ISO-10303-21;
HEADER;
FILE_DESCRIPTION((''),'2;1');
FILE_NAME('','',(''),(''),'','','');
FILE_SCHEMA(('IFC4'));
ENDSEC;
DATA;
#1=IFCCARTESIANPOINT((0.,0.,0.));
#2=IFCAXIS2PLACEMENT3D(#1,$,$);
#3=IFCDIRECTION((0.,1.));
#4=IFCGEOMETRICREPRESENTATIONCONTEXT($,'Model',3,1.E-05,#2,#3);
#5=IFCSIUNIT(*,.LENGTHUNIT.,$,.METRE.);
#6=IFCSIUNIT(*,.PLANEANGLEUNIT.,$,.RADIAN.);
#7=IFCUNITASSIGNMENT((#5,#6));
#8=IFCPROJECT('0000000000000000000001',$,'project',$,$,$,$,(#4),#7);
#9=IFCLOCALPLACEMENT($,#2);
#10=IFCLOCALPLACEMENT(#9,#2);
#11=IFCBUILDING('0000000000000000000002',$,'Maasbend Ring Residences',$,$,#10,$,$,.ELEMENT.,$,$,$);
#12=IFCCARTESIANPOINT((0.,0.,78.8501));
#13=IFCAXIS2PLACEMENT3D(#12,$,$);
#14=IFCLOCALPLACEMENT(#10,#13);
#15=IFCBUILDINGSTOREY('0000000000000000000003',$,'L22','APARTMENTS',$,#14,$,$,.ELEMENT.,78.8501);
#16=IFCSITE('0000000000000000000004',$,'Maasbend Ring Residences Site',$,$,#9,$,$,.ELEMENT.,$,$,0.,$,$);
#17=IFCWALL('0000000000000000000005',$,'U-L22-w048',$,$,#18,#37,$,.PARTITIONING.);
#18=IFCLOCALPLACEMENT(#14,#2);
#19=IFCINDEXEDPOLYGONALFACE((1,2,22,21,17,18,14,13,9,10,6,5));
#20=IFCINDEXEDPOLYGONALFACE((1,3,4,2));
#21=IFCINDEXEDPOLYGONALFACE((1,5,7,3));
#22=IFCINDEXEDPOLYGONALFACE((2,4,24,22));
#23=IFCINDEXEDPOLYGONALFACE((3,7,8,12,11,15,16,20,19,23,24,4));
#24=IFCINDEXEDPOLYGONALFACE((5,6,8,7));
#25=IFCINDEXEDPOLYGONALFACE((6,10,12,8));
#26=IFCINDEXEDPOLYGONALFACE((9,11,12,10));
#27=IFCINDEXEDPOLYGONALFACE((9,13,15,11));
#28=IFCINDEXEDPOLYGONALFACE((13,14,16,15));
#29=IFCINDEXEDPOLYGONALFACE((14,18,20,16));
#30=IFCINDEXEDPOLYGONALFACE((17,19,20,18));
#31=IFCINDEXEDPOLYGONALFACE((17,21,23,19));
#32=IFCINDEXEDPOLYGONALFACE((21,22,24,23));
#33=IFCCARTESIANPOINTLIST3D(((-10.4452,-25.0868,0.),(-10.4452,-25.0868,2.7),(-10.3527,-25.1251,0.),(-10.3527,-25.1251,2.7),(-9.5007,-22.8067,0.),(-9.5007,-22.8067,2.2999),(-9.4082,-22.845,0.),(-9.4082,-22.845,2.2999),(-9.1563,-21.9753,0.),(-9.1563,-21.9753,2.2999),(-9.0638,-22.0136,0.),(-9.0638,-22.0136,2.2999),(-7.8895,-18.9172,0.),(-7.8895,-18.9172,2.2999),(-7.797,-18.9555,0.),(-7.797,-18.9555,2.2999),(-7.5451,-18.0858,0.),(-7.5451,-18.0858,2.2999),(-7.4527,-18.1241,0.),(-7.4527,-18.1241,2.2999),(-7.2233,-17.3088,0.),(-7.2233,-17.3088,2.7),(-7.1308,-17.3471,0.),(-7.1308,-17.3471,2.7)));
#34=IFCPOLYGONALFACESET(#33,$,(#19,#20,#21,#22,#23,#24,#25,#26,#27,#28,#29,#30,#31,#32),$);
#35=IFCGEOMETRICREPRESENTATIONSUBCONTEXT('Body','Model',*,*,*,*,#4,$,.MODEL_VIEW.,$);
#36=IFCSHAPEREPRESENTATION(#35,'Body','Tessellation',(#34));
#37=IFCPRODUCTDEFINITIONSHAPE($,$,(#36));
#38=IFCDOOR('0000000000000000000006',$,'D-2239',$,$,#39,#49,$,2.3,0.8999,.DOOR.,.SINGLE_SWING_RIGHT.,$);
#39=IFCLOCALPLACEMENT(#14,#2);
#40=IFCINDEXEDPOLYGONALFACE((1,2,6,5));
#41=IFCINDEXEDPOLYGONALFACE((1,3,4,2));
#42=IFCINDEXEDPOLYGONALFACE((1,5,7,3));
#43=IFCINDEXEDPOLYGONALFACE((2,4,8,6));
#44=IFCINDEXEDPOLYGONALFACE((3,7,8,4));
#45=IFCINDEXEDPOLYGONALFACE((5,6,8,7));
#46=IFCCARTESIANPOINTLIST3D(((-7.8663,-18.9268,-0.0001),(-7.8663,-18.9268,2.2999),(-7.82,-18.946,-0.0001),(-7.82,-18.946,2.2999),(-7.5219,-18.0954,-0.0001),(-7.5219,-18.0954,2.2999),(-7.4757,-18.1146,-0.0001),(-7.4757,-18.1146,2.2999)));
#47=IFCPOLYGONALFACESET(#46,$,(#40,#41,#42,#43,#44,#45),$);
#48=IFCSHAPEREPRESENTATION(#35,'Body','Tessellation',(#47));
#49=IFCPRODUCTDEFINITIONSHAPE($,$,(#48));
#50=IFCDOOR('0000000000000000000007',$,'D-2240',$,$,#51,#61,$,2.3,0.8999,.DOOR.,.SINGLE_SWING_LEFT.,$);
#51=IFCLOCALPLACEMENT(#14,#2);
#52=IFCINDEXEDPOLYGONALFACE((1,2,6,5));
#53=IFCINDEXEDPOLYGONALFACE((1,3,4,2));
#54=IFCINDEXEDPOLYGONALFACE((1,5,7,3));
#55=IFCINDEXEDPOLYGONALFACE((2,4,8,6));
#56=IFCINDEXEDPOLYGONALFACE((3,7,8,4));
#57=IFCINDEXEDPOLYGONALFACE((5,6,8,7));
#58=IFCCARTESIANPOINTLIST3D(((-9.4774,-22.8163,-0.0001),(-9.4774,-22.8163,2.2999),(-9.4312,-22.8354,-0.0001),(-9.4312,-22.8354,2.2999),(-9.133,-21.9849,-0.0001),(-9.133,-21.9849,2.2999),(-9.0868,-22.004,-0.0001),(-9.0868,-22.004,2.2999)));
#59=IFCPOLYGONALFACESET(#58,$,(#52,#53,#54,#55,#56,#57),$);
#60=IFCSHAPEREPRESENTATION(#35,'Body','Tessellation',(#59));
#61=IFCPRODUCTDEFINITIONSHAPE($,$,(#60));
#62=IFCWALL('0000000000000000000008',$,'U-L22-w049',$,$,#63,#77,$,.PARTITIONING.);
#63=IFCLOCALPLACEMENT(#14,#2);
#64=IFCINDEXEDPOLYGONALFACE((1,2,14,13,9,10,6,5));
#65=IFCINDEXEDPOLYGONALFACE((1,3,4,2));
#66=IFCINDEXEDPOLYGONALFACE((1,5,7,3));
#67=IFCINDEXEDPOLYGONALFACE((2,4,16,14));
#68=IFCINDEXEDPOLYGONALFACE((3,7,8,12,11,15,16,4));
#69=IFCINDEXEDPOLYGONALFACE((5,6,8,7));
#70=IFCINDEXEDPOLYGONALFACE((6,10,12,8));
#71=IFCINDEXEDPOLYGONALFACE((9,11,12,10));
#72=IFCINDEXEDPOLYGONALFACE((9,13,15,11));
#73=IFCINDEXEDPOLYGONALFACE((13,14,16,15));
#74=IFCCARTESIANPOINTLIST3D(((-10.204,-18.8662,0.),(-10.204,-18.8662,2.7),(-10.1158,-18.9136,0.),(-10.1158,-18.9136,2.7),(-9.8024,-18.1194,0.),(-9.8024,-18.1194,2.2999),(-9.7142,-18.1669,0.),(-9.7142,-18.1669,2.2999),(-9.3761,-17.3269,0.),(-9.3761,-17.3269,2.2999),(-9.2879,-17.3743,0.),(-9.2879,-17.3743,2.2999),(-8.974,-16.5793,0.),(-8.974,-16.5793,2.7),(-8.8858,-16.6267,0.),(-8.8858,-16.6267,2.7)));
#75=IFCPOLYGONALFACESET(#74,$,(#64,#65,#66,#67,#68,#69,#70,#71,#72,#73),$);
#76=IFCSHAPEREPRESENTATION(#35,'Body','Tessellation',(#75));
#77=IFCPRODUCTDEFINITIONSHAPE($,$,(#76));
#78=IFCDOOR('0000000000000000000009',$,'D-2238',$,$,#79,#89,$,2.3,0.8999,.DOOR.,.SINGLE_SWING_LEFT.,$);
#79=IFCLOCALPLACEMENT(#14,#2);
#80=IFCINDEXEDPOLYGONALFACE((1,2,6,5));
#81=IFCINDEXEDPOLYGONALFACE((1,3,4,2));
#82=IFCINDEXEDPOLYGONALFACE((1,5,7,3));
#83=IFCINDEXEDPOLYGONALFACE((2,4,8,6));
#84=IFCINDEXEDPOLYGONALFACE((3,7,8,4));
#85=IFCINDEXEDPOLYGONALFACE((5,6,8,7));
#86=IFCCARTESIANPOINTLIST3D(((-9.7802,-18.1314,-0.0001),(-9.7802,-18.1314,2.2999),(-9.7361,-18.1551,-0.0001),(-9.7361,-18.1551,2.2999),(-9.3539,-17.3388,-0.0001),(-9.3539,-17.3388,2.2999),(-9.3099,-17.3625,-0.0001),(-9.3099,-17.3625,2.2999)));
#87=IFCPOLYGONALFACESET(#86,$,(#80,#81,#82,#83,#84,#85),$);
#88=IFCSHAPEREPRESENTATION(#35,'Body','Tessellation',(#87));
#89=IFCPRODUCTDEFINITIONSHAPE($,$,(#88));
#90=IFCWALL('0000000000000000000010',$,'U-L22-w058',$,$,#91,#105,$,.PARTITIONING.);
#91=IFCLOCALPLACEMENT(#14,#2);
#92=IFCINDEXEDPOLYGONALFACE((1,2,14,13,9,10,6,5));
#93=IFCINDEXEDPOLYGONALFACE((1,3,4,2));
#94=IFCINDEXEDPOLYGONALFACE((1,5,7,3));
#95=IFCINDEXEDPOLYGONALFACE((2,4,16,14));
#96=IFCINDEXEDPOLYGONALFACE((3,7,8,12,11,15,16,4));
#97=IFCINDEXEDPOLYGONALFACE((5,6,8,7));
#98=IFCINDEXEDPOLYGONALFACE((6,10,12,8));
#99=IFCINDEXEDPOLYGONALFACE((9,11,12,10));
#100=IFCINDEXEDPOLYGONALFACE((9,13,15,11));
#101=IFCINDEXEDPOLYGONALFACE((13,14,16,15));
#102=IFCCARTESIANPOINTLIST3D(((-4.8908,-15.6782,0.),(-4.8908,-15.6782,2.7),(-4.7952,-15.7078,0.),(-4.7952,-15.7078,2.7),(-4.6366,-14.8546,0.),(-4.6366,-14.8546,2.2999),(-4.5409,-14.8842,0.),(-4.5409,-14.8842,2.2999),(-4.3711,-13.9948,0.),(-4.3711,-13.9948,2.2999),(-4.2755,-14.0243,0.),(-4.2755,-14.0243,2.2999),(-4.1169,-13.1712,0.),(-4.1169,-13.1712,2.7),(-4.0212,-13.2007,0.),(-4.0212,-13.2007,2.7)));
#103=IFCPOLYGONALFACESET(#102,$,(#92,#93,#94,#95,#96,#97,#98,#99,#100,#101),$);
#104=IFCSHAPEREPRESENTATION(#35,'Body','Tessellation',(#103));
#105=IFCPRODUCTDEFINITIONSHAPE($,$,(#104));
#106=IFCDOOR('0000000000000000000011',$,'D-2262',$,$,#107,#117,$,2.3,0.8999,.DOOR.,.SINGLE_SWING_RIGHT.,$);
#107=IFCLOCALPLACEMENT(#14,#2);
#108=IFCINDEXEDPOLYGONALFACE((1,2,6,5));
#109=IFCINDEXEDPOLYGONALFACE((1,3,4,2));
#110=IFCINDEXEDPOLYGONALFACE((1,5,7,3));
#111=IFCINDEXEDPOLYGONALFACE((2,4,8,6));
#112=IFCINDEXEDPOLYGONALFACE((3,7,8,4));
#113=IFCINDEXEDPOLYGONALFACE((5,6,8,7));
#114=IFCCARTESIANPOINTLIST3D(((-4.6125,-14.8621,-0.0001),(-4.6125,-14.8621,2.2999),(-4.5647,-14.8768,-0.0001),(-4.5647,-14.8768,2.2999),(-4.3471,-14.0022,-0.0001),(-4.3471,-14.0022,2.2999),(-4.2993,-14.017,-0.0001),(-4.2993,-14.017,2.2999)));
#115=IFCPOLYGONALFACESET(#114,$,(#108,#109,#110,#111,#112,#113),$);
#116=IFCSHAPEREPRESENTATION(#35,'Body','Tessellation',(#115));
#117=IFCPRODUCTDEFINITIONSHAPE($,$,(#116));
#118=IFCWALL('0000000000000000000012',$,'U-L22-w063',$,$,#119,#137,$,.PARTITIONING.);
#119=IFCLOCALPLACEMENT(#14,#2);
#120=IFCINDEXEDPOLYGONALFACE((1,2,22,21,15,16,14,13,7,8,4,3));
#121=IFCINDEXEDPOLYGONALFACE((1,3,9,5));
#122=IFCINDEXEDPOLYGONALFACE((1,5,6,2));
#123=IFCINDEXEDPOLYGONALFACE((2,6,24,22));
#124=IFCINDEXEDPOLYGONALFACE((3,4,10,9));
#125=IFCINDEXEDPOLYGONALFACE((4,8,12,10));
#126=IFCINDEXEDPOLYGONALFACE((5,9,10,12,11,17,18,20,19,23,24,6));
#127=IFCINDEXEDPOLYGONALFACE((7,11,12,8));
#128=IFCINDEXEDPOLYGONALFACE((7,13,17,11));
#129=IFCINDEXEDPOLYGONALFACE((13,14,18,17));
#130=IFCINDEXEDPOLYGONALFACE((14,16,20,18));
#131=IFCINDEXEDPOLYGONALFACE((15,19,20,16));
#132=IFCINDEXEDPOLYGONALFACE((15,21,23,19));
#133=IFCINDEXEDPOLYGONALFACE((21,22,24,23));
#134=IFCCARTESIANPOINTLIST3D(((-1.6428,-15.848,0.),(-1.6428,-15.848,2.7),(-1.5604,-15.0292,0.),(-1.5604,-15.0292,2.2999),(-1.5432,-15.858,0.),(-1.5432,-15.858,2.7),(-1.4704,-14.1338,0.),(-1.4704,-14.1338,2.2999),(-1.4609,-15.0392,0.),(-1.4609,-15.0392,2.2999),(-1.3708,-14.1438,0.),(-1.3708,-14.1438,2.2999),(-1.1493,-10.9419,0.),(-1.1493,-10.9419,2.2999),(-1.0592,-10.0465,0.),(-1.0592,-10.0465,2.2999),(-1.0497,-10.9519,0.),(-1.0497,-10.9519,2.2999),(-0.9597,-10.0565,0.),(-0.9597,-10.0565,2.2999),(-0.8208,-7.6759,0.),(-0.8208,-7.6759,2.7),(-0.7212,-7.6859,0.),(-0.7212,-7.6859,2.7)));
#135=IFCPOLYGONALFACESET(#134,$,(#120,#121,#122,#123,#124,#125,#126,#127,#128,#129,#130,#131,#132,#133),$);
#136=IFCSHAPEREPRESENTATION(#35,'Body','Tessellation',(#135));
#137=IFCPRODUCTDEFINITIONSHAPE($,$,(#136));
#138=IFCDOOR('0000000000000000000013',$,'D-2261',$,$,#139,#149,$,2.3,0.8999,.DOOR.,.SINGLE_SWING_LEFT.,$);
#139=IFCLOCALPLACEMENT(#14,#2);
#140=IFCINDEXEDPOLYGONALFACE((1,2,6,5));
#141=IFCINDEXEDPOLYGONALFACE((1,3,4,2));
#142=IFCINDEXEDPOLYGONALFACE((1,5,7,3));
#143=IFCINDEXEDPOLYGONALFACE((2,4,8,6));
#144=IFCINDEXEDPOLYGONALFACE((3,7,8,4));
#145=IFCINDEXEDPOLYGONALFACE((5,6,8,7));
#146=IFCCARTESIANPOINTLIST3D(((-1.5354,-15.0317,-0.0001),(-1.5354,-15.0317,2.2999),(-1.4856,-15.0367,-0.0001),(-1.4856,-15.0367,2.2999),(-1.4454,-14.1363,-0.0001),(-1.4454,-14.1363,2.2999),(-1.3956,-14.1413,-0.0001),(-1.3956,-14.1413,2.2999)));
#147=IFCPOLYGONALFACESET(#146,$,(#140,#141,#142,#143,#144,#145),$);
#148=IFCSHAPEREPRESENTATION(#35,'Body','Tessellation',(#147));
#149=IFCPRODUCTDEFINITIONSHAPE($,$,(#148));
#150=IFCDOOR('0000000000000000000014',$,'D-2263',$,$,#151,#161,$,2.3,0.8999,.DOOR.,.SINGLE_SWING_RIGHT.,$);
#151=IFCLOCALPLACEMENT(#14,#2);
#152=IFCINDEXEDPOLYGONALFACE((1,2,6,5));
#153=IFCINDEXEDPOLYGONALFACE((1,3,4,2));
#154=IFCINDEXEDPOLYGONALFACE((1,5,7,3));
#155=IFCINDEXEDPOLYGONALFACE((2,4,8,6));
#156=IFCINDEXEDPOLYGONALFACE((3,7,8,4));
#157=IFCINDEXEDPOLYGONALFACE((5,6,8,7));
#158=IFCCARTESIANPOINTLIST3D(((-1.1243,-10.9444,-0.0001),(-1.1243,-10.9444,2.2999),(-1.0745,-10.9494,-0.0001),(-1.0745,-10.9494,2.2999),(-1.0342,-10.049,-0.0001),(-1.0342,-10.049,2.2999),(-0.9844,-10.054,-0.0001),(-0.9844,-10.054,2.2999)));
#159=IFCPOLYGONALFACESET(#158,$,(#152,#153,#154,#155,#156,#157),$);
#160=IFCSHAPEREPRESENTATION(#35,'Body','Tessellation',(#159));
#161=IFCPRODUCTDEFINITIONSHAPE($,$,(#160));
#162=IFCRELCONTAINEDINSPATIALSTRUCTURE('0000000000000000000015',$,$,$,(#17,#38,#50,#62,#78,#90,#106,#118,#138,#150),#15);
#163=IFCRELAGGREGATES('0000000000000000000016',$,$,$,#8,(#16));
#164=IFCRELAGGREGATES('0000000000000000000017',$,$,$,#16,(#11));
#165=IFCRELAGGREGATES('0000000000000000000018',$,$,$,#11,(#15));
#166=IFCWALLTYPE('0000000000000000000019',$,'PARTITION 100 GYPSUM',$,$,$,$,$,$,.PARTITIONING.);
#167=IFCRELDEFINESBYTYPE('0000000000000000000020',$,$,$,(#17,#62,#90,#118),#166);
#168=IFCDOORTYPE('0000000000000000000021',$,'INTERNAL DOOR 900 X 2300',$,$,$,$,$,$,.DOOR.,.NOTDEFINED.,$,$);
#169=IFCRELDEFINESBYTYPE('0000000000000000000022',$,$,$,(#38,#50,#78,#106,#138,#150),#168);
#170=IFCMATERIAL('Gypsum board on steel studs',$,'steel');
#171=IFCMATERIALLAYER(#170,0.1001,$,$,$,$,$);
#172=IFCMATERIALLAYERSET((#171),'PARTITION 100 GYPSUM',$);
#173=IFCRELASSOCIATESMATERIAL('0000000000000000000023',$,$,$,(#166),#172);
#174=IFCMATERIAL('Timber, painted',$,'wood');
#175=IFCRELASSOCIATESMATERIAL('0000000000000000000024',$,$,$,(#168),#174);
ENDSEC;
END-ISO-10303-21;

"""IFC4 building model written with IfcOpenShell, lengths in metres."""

from ifc_helpers import new_model, si_unit, direction, frame, frame_2d, origin, place, context, subcontext, project, spatial, rectangle, extrude, material, layer, layer_set, type_object, element, fill, save


model = new_model("IFC4")

# Units and contexts
model_context = context("Model", 3, precision=1e-05, world=origin(), true_north=direction((0.0, 1.0)))
body_context = subcontext(model_context, "Body", "Model", "MODEL_VIEW")
ifc_project = project(units=[si_unit("LENGTHUNIT", "METRE"), si_unit("PLANEANGLEUNIT", "RADIAN")], contexts=[model_context])

# Site, building, storey
site_placement = place(None, origin())
site = spatial("IfcSite", under=ifc_project, at=site_placement, Name="Maasbend Ring Residences Site", CompositionType="ELEMENT", RefElevation=0.0)
building_placement = place(site_placement, origin())
building = spatial("IfcBuilding", under=site, at=building_placement, Name="Maasbend Ring Residences", CompositionType="ELEMENT")
storey_placement = place(building_placement, frame((0.0, 0.0, 78.8501)))
storey = spatial("IfcBuildingStorey", under=building, at=storey_placement, Name="L22", Description="APARTMENTS", CompositionType="ELEMENT", Elevation=78.8501)

# Shared definitions
ifc_material_1 = material(Name="Gypsum board on steel studs", Category="steel")
ifc_layer_1 = layer(ifc_material_1, 0.1001)
ifc_layer_set_1 = layer_set([ifc_layer_1], Name="PARTITION 100 GYPSUM")
wall_type_1 = type_object("IfcWallType", Name="PARTITION 100 GYPSUM", PredefinedType="PARTITIONING", material=ifc_layer_set_1)

# Wall, openings, doors
wall_1_placement = place(storey_placement, frame((-10.3989, -25.106, 0.0), z_axis=(0.0, 0.0, 1.0), x_axis=(0.382698, 0.923874, 0.0)))
wall_1 = element("IfcWall", 1, at=wall_1_placement, inside=storey, type_object=wall_type_1, Name="U-L22-w048", PredefinedType="PARTITIONING", context=body_context, shape_type="SweptSolid", body=[
    extrude(rectangle(XDim=8.4189, YDim=0.1001, at=frame_2d((4.2095, 0.0))), origin(), (0.0, 0.0, 1.0), 2.7),
])
opening_1_placement = place(wall_1_placement, frame((6.678, 0.0, 0.0)))
opening_1 = element("IfcOpeningElement", 2, at=opening_1_placement, cuts=wall_1, PredefinedType="OPENING", context=body_context, shape_type="SweptSolid", body=[
    extrude(rectangle(XDim=0.8999, YDim=2.3, at=frame_2d((0.45, 1.1499))), frame((0.0, 0.0601, 0.0), z_axis=(0.0, -1.0, 0.0), x_axis=(1.0, 0.0, 0.0)), (0.0, 0.0, 1.0), 0.1201),
])
opening_2_placement = place(wall_1_placement, frame((2.468, 0.0, 0.0)))
opening_2 = element("IfcOpeningElement", 3, at=opening_2_placement, cuts=wall_1, PredefinedType="OPENING", context=body_context, shape_type="SweptSolid", body=[
    extrude(rectangle(XDim=0.8999, YDim=2.3, at=frame_2d((0.45, 1.1499))), frame((0.0, 0.0601, 0.0), z_axis=(0.0, -1.0, 0.0), x_axis=(1.0, 0.0, 0.0)), (0.0, 0.0, 1.0), 0.1201),
])
ifc_material_2 = material(Name="Timber, painted", Category="wood")
door_type_1 = type_object("IfcDoorType", Name="INTERNAL DOOR 900 X 2300", OperationType="NOTDEFINED", PredefinedType="DOOR", material=ifc_material_2)
door_1_placement = place(opening_1_placement, origin())
door_1 = element("IfcDoor", 4, at=door_1_placement, inside=storey, type_object=door_type_1, Name="D-2239", OperationType="SINGLE_SWING_RIGHT", OverallHeight=2.3, OverallWidth=0.8999, PredefinedType="DOOR", context=body_context, shape_type="SweptSolid", body=[
    extrude(rectangle(XDim=0.8999, YDim=2.3, at=frame_2d((0.45, 1.1499))), frame((0.0, 0.0249, 0.0), z_axis=(0.0, -1.0, 0.0), x_axis=(1.0, 0.0, 0.0)), (0.0, 0.0, 1.0), 0.05),
])
fill(opening_1, door_1)
door_2_placement = place(opening_2_placement, origin())
door_2 = element("IfcDoor", 5, at=door_2_placement, inside=storey, type_object=door_type_1, Name="D-2240", OperationType="SINGLE_SWING_LEFT", OverallHeight=2.3, OverallWidth=0.8999, PredefinedType="DOOR", context=body_context, shape_type="SweptSolid", body=[
    extrude(rectangle(XDim=0.8999, YDim=2.3, at=frame_2d((0.45, 1.1499))), frame((0.0, 0.0249, 0.0), z_axis=(0.0, -1.0, 0.0), x_axis=(1.0, 0.0, 0.0)), (0.0, 0.0, 1.0), 0.05),
])
fill(opening_2, door_2)

# Walls, openings, doors
wall_2_placement = place(storey_placement, frame((-10.1599, -18.8899, 0.0), z_axis=(0.0, 0.0, 1.0), x_axis=(0.473679, 0.880697, 0.0)))
wall_2 = element("IfcWall", 6, at=wall_2_placement, inside=storey, type_object=wall_type_1, Name="U-L22-w049", PredefinedType="PARTITIONING", context=body_context, shape_type="SweptSolid", body=[
    extrude(rectangle(XDim=2.5967, YDim=0.1001, at=frame_2d((1.2983, 0.0))), origin(), (0.0, 0.0, 1.0), 2.7),
])
opening_3_placement = place(wall_2_placement, frame((0.8479, 0.0, 0.0)))
opening_3 = element("IfcOpeningElement", 7, at=opening_3_placement, cuts=wall_2, PredefinedType="OPENING", context=body_context, shape_type="SweptSolid", body=[
    extrude(rectangle(XDim=0.8999, YDim=2.3, at=frame_2d((0.45, 1.1499))), frame((0.0, 0.0601, 0.0), z_axis=(0.0, -1.0, 0.0), x_axis=(1.0, 0.0, 0.0)), (0.0, 0.0, 1.0), 0.1201),
])
door_3_placement = place(opening_3_placement, origin())
door_3 = element("IfcDoor", 8, at=door_3_placement, inside=storey, type_object=door_type_1, Name="D-2238", OperationType="SINGLE_SWING_LEFT", OverallHeight=2.3, OverallWidth=0.8999, PredefinedType="DOOR", context=body_context, shape_type="SweptSolid", body=[
    extrude(rectangle(XDim=0.8999, YDim=2.3, at=frame_2d((0.45, 1.1499))), frame((0.0, 0.0249, 0.0), z_axis=(0.0, -1.0, 0.0), x_axis=(1.0, 0.0, 0.0)), (0.0, 0.0, 1.0), 0.05),
])
fill(opening_3, door_3)
wall_3_placement = place(storey_placement, frame((-4.843, -15.6931, 0.0), z_axis=(0.0, 0.0, 1.0), x_axis=(0.294962, 0.955509, 0.0)))
wall_3 = element("IfcWall", 9, at=wall_3_placement, inside=storey, type_object=wall_type_1, Name="U-L22-w058", PredefinedType="PARTITIONING", context=body_context, shape_type="SweptSolid", body=[
    extrude(rectangle(XDim=2.6238, YDim=0.1001, at=frame_2d((1.312, 0.0))), origin(), (0.0, 0.0, 1.0), 2.7),
])
opening_4_placement = place(wall_3_placement, frame((0.8621, 0.0, 0.0)))
opening_4 = element("IfcOpeningElement", 10, at=opening_4_placement, cuts=wall_3, PredefinedType="OPENING", context=body_context, shape_type="SweptSolid", body=[
    extrude(rectangle(XDim=0.8999, YDim=2.3, at=frame_2d((0.45, 1.1499))), frame((0.0, 0.0601, 0.0), z_axis=(0.0, -1.0, 0.0), x_axis=(1.0, 0.0, 0.0)), (0.0, 0.0, 1.0), 0.1201),
])
door_4_placement = place(opening_4_placement, origin())
door_4 = element("IfcDoor", 11, at=door_4_placement, inside=storey, type_object=door_type_1, Name="D-2262", OperationType="SINGLE_SWING_RIGHT", OverallHeight=2.3, OverallWidth=0.8999, PredefinedType="DOOR", context=body_context, shape_type="SweptSolid", body=[
    extrude(rectangle(XDim=0.8999, YDim=2.3, at=frame_2d((0.45, 1.1499))), frame((0.0, 0.0249, 0.0), z_axis=(0.0, -1.0, 0.0), x_axis=(1.0, 0.0, 0.0)), (0.0, 0.0, 1.0), 0.05),
])
fill(opening_4, door_4)

# Wall, openings, doors
wall_4_placement = place(storey_placement, frame((-1.593, -15.853, 0.0), z_axis=(0.0, 0.0, 1.0), x_axis=(0.100083, 0.994979, 0.0)))
wall_4 = element("IfcWall", 12, at=wall_4_placement, inside=storey, type_object=wall_type_1, Name="U-L22-w063", PredefinedType="PARTITIONING", context=body_context, shape_type="SweptSolid", body=[
    extrude(rectangle(XDim=8.2134, YDim=0.1001, at=frame_2d((4.1067, 0.0))), origin(), (0.0, 0.0, 1.0), 2.7),
])
opening_5_placement = place(wall_4_placement, frame((0.823, 0.0, 0.0)))
opening_5 = element("IfcOpeningElement", 13, at=opening_5_placement, cuts=wall_4, PredefinedType="OPENING", context=body_context, shape_type="SweptSolid", body=[
    extrude(rectangle(XDim=0.8999, YDim=2.3, at=frame_2d((0.45, 1.1499))), frame((0.0, 0.0601, 0.0), z_axis=(0.0, -1.0, 0.0), x_axis=(1.0, 0.0, 0.0)), (0.0, 0.0, 1.0), 0.1201),
])
opening_6_placement = place(wall_4_placement, frame((4.9309, 0.0, 0.0)))
opening_6 = element("IfcOpeningElement", 14, at=opening_6_placement, cuts=wall_4, PredefinedType="OPENING", context=body_context, shape_type="SweptSolid", body=[
    extrude(rectangle(XDim=0.8999, YDim=2.3, at=frame_2d((0.45, 1.1499))), frame((0.0, 0.0601, 0.0), z_axis=(0.0, -1.0, 0.0), x_axis=(1.0, 0.0, 0.0)), (0.0, 0.0, 1.0), 0.1201),
])
door_5_placement = place(opening_5_placement, origin())
door_5 = element("IfcDoor", 15, at=door_5_placement, inside=storey, type_object=door_type_1, Name="D-2261", OperationType="SINGLE_SWING_LEFT", OverallHeight=2.3, OverallWidth=0.8999, PredefinedType="DOOR", context=body_context, shape_type="SweptSolid", body=[
    extrude(rectangle(XDim=0.8999, YDim=2.3, at=frame_2d((0.45, 1.1499))), frame((0.0, 0.0249, 0.0), z_axis=(0.0, -1.0, 0.0), x_axis=(1.0, 0.0, 0.0)), (0.0, 0.0, 1.0), 0.05),
])
fill(opening_5, door_5)
door_6_placement = place(opening_6_placement, origin())
door_6 = element("IfcDoor", 16, at=door_6_placement, inside=storey, type_object=door_type_1, Name="D-2263", OperationType="SINGLE_SWING_RIGHT", OverallHeight=2.3, OverallWidth=0.8999, PredefinedType="DOOR", context=body_context, shape_type="SweptSolid", body=[
    extrude(rectangle(XDim=0.8999, YDim=2.3, at=frame_2d((0.45, 1.1499))), frame((0.0, 0.0249, 0.0), z_axis=(0.0, -1.0, 0.0), x_axis=(1.0, 0.0, 0.0)), (0.0, 0.0, 1.0), 0.05),
])
fill(opening_6, door_6)

save(model, "model.ifc")
